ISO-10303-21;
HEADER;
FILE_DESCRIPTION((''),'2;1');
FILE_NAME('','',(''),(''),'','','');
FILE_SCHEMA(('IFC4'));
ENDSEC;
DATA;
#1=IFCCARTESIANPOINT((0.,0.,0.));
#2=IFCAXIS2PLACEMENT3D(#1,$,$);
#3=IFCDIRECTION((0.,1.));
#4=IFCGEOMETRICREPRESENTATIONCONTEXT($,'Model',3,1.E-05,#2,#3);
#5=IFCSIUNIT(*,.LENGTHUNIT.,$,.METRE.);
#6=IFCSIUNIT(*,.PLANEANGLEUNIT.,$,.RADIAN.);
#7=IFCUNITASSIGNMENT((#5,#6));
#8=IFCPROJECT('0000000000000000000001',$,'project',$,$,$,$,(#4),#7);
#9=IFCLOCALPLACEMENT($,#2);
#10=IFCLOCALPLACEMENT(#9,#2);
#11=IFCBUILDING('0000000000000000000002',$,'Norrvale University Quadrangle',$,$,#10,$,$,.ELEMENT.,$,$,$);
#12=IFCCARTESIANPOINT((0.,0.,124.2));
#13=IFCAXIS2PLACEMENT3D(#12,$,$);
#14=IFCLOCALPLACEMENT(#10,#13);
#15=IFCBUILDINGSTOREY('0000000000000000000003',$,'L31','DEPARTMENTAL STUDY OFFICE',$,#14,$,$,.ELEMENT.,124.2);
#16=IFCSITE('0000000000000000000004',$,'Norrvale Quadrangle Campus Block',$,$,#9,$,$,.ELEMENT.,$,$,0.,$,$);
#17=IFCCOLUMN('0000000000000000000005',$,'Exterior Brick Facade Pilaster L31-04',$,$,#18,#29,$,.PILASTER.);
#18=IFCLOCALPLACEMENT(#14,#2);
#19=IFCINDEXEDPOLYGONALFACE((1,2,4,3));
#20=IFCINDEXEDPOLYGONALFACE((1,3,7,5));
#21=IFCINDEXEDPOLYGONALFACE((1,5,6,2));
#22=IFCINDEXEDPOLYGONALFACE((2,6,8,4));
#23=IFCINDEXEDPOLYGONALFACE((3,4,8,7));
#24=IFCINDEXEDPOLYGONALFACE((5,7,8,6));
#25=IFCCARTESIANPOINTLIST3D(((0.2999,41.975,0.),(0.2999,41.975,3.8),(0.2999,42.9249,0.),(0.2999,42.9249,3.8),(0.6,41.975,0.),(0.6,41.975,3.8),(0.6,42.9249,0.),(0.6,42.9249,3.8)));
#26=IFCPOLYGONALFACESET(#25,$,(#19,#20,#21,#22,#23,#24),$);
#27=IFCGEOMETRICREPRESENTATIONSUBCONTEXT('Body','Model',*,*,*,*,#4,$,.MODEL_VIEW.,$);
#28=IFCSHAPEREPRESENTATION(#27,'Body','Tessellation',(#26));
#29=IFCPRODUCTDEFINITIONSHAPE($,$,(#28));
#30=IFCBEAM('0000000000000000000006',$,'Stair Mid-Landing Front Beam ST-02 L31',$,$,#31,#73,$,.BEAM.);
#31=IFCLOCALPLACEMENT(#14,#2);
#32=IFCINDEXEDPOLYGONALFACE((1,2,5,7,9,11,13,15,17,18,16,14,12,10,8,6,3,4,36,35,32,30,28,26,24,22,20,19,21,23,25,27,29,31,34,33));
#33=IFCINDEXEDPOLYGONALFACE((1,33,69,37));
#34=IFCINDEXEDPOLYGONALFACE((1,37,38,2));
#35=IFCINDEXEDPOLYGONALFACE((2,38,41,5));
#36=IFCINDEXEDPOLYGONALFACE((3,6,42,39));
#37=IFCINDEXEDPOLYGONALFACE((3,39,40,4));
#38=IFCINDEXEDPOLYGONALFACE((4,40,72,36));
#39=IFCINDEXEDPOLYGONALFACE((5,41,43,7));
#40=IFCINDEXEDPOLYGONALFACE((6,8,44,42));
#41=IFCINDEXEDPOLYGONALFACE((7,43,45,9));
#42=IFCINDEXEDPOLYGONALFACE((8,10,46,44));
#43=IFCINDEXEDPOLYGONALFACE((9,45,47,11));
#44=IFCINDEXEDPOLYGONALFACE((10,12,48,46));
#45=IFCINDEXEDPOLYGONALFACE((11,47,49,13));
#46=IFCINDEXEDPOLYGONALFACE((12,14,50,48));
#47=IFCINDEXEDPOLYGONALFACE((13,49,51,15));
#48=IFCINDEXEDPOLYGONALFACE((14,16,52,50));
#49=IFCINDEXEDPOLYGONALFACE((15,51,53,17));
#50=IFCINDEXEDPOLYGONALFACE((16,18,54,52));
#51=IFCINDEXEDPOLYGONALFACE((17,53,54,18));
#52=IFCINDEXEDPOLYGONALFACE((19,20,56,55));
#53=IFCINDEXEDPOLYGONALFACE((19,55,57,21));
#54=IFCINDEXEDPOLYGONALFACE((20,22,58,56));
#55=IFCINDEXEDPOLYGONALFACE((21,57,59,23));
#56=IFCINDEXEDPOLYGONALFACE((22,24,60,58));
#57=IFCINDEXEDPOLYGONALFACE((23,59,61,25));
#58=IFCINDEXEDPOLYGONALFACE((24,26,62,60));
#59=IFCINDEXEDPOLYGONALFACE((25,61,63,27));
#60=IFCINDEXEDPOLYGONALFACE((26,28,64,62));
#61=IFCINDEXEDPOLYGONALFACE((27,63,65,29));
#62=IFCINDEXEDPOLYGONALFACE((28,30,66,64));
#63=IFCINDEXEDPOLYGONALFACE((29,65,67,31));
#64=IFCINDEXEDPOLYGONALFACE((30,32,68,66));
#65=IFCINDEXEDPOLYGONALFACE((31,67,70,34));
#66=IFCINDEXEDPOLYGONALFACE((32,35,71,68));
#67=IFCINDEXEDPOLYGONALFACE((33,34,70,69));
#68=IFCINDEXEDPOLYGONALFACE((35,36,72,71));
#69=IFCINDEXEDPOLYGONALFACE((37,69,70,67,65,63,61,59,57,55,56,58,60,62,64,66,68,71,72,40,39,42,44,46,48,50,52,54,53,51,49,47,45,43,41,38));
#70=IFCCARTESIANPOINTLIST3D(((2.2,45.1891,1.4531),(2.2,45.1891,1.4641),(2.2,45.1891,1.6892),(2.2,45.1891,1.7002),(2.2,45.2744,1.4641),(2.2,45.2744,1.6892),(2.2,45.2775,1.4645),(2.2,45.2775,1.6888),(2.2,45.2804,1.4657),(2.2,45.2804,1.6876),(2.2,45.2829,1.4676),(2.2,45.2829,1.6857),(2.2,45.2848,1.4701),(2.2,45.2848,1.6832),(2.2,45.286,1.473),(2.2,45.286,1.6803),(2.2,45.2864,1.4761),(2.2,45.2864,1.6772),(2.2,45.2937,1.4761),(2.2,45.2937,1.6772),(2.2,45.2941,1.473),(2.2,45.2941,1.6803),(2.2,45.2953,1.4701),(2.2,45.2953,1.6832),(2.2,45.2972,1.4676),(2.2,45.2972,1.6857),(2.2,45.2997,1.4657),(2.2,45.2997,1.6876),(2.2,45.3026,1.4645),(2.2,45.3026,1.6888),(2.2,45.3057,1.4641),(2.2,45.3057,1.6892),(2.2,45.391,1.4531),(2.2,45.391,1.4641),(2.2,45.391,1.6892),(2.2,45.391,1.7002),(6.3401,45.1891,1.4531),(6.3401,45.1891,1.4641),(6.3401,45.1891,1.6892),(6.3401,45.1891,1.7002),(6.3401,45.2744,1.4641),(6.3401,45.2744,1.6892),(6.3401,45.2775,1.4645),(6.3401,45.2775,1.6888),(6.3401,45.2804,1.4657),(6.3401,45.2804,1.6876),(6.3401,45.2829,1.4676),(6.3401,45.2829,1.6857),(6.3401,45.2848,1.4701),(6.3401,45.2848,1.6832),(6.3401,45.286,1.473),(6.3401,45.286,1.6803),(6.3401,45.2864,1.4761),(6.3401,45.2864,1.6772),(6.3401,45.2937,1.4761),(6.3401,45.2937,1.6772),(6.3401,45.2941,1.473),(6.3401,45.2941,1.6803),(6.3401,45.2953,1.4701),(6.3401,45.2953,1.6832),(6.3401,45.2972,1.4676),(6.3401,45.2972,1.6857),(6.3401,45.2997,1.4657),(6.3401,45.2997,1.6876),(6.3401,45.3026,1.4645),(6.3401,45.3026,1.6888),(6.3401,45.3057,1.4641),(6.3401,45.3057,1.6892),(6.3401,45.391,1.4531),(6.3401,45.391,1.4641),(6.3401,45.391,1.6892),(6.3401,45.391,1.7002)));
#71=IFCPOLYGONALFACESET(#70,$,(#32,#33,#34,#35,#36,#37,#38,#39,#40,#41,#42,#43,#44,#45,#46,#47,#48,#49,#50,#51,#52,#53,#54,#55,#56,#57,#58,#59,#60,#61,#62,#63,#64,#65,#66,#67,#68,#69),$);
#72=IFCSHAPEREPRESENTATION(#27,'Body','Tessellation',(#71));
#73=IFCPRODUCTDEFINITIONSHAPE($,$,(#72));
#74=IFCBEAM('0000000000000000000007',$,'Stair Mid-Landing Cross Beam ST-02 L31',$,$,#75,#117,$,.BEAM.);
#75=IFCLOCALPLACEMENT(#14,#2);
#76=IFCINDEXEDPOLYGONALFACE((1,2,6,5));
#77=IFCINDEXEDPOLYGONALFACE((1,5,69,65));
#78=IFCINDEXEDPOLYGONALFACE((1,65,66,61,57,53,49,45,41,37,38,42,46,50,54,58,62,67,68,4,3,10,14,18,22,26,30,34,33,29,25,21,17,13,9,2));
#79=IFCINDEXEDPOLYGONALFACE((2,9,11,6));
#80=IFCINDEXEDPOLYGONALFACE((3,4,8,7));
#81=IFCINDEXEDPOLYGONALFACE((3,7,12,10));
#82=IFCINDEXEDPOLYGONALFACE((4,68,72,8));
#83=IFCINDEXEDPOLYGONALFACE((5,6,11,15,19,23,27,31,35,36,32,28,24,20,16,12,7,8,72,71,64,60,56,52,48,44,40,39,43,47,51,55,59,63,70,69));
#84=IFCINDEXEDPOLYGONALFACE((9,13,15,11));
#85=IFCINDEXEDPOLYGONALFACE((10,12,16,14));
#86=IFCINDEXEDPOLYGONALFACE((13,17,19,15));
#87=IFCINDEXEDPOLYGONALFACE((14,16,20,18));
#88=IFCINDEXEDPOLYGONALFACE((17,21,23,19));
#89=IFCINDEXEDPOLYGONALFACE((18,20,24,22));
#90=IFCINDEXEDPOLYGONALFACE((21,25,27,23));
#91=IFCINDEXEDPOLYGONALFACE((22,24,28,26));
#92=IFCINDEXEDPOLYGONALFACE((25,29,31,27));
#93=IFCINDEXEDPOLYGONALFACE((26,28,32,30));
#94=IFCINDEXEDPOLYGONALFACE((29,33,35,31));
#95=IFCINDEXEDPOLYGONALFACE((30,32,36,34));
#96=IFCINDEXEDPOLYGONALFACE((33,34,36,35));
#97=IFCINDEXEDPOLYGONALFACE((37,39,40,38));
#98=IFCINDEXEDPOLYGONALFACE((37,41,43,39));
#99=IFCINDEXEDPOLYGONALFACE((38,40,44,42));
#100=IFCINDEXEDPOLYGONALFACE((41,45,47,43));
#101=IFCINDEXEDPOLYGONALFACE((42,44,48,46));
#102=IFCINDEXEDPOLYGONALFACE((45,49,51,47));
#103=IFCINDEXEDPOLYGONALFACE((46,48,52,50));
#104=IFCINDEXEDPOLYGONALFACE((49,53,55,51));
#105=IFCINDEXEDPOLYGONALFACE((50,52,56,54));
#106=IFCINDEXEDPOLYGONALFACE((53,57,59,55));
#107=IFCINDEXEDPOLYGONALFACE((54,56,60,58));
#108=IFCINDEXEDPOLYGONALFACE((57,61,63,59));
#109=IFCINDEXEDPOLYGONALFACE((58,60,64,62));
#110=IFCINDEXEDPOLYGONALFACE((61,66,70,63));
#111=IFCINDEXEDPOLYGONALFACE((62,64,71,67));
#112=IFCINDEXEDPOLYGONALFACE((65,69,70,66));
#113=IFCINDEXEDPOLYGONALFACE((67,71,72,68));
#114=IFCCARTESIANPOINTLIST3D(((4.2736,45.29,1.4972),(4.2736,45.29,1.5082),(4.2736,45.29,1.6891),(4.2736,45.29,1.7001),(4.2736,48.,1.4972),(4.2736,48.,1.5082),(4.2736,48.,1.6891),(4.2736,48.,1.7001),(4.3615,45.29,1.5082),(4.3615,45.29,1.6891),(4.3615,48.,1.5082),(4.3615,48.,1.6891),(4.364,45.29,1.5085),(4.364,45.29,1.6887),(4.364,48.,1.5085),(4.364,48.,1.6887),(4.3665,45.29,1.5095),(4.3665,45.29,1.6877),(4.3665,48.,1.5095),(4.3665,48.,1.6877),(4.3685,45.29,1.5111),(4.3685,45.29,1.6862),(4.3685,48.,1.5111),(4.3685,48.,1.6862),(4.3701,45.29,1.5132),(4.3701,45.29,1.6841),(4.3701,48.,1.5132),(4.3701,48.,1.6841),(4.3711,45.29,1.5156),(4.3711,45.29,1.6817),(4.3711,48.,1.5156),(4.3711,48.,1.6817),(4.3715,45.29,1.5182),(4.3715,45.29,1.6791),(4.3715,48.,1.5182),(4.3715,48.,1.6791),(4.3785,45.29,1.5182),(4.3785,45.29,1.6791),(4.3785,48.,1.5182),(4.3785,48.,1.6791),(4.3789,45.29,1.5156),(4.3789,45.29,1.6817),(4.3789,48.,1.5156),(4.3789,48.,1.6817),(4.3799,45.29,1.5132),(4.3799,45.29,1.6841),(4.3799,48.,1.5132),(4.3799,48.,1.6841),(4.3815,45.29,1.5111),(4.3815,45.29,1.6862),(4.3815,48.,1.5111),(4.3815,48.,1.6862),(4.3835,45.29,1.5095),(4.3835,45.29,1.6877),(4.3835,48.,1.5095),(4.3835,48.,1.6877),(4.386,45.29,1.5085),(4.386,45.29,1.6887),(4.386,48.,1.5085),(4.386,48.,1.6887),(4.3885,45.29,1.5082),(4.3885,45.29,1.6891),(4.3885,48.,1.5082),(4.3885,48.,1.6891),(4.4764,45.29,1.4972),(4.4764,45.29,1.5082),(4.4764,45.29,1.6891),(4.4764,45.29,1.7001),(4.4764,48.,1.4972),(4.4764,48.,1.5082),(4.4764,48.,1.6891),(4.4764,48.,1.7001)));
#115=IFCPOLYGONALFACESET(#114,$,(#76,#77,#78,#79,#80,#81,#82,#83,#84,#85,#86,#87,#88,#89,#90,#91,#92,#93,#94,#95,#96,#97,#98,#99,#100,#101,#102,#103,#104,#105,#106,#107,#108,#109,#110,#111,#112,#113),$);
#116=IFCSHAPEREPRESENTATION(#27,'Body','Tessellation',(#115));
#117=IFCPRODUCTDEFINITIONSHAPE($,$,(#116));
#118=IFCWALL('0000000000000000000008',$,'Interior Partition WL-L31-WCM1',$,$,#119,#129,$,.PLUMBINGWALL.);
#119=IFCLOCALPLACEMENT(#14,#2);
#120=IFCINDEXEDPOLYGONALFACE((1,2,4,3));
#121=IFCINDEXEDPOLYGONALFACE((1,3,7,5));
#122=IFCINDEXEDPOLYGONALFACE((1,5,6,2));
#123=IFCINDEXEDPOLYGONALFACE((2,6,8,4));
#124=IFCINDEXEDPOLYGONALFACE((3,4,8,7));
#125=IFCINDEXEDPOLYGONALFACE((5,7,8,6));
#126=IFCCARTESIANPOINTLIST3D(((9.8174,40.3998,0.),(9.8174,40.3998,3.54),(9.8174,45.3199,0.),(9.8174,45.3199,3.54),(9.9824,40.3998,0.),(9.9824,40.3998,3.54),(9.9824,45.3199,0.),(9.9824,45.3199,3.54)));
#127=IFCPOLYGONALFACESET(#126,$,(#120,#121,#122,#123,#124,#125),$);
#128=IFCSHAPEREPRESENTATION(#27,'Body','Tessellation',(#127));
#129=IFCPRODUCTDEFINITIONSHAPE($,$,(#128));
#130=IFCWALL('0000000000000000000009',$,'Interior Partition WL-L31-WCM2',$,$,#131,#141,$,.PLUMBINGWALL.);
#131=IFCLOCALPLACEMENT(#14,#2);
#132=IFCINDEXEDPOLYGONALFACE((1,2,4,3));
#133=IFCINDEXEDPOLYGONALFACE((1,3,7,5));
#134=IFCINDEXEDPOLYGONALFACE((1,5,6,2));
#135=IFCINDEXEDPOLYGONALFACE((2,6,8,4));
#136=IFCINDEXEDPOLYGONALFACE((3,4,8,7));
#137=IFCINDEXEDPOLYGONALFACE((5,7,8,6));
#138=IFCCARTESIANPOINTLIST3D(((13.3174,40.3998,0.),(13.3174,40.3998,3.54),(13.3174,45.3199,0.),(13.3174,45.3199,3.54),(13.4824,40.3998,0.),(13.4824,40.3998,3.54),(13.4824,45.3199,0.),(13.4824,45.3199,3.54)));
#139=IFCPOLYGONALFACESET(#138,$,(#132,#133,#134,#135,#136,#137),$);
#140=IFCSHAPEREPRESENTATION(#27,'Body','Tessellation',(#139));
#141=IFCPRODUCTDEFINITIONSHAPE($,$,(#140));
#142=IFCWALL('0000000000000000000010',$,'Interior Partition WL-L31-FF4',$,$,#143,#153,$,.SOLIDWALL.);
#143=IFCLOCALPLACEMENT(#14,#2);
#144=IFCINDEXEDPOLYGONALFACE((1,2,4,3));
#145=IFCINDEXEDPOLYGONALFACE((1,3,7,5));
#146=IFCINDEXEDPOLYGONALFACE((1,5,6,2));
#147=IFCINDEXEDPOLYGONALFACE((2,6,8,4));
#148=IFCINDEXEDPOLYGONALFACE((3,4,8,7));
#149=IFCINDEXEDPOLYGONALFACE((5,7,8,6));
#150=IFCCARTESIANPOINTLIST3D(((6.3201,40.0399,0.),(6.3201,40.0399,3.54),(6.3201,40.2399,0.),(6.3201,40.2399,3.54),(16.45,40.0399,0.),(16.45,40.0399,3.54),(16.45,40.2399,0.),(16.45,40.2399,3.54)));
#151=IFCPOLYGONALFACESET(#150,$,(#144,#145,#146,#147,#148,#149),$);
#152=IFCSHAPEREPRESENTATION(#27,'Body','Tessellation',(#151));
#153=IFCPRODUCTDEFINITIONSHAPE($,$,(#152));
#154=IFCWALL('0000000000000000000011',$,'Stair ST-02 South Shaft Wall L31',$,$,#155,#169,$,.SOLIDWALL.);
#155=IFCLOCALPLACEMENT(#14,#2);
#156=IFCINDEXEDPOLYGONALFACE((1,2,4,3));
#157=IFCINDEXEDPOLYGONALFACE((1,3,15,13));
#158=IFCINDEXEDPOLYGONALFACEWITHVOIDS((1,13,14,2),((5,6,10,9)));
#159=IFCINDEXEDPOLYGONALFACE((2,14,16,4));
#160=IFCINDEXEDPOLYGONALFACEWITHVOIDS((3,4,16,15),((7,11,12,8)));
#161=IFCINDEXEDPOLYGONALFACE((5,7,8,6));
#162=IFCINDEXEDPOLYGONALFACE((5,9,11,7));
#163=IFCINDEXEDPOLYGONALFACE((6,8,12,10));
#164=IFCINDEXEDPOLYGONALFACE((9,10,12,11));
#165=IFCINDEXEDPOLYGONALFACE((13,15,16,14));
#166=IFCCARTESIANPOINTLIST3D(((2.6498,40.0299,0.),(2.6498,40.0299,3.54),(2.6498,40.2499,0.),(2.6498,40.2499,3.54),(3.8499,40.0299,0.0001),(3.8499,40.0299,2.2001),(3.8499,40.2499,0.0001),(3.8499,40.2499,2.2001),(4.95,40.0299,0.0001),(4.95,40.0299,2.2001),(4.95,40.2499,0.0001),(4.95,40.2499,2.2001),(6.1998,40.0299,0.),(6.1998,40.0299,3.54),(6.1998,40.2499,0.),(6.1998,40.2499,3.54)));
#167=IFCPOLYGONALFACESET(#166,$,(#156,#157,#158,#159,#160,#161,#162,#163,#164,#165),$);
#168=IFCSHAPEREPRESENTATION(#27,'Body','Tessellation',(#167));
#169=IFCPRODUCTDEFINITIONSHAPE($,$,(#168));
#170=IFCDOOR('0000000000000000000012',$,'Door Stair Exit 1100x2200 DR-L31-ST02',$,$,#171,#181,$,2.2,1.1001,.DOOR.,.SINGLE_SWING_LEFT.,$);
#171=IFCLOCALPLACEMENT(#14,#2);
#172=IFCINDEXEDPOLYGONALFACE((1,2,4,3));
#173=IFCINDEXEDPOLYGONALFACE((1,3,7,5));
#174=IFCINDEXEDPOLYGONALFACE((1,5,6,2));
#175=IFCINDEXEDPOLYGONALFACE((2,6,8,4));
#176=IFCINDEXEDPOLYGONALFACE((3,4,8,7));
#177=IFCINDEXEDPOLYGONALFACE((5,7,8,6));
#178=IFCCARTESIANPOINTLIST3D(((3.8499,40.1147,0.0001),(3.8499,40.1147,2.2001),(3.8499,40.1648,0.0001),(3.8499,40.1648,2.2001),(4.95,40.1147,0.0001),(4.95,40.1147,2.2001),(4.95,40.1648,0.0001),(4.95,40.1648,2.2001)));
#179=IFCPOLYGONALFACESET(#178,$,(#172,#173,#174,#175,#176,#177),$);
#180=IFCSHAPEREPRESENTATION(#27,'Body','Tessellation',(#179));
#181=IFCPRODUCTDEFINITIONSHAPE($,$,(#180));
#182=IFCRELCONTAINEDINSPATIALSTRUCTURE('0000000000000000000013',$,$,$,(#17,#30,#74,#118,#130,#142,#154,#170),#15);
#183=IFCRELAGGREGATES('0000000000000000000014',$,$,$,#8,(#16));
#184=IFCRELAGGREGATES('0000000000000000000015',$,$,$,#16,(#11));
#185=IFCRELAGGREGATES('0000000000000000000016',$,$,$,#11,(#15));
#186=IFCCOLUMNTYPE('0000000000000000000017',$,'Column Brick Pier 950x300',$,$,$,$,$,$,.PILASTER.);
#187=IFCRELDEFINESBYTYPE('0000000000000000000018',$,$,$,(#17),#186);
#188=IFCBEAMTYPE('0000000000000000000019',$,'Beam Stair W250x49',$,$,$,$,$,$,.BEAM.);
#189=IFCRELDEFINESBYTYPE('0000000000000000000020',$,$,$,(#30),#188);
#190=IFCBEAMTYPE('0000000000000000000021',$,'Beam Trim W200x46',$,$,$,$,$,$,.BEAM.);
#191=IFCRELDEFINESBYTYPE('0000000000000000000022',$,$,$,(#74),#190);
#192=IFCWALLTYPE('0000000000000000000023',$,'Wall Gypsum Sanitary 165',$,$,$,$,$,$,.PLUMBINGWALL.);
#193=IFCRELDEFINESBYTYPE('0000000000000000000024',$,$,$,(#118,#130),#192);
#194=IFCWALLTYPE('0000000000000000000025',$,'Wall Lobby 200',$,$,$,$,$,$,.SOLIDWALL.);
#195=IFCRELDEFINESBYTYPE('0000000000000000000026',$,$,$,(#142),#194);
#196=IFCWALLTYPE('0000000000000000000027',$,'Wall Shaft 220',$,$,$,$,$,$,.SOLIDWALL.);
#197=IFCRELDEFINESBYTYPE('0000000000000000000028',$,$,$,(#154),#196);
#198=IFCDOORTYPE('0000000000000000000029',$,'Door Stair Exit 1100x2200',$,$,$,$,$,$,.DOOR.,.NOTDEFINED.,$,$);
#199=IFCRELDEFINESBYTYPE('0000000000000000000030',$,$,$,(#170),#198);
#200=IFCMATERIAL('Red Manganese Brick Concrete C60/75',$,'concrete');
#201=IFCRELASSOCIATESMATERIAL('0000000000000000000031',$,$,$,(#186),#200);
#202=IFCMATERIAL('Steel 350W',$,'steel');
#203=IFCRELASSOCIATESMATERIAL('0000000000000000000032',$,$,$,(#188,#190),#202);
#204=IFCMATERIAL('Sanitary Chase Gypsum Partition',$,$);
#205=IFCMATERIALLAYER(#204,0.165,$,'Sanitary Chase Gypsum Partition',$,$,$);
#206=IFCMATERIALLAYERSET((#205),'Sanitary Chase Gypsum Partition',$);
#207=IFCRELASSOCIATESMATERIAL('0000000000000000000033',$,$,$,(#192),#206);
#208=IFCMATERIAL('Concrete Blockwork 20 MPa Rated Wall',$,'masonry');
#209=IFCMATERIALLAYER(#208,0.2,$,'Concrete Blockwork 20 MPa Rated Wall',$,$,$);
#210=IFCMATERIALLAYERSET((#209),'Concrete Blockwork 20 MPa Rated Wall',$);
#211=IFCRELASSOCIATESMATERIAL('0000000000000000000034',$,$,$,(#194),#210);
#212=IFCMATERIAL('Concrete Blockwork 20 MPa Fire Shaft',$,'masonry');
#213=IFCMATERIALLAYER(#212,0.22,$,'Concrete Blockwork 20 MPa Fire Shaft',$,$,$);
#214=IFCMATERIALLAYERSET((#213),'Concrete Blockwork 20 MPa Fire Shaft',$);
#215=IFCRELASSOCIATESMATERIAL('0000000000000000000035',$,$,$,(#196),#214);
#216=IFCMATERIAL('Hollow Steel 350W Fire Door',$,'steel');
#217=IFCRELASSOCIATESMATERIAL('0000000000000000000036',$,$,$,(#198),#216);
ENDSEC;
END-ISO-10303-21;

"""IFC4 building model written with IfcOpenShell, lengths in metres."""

from ifc_helpers import new_model, si_unit, direction, frame, frame_2d, origin, origin_2d, place, context, subcontext, project, spatial, rectangle, i_section, extrude, material, layer, layer_set, material_profile, profile_set, type_object, element, fill, save


model = new_model("IFC4")

# Units and contexts
model_context = context("Model", 3, precision=1e-05, world=origin(), true_north=direction((0.0, 1.0)))
body_context = subcontext(model_context, "Body", "Model", "MODEL_VIEW")
ifc_project = project(units=[si_unit("LENGTHUNIT", "METRE"), si_unit("PLANEANGLEUNIT", "RADIAN")], contexts=[model_context])

# Site, building, storey
site_placement = place(None, origin())
site = spatial("IfcSite", under=ifc_project, at=site_placement, Name="Norrvale Quadrangle Campus Block", CompositionType="ELEMENT", RefElevation=0.0)
building_placement = place(site_placement, origin())
building = spatial("IfcBuilding", under=site, at=building_placement, Name="Norrvale University Quadrangle", CompositionType="ELEMENT")
storey_placement = place(building_placement, frame((0.0, 0.0, 124.2)))
storey = spatial("IfcBuildingStorey", under=building, at=storey_placement, Name="L31", Description="DEPARTMENTAL STUDY OFFICE", CompositionType="ELEMENT", Elevation=124.2)

# Column
ifc_material_1 = material(Name="Red Manganese Brick Concrete C60/75", Category="concrete")
ifc_material_profile_1 = material_profile(ifc_material_1, rectangle(XDim=0.95, YDim=0.3, at=origin_2d()), Name="Red Manganese Brick Concrete C60/75")
ifc_profile_set_1 = profile_set([ifc_material_profile_1], Name="Red Manganese Brick Concrete C60/75")
column_type = type_object("IfcColumnType", Name="Column Brick Pier 950x300", PredefinedType="PILASTER", material=ifc_profile_set_1)
column_placement = place(storey_placement, frame((0.45, 42.45, 0.0), z_axis=(0.0, 0.0, 1.0), x_axis=(0.0, 1.0, 0.0)))
element("IfcColumn", 1, at=column_placement, inside=storey, type_object=column_type, Name="Exterior Brick Facade Pilaster L31-04", PredefinedType="PILASTER", context=body_context, shape_type="SweptSolid", body=[
    extrude(rectangle(XDim=0.95, YDim=0.3, at=origin_2d()), origin(), (0.0, 0.0, 1.0), 3.8),
])

# Beams
ifc_material_2 = material(Name="Steel 350W", Category="steel")
ifc_material_profile_2 = material_profile(ifc_material_2, i_section(OverallWidth=0.2019, OverallDepth=0.2471, WebThickness=0.0073, FlangeThickness=0.011, FilletRadius=0.012, at=origin_2d()), Name="Steel 350W")
ifc_profile_set_2 = profile_set([ifc_material_profile_2], Name="Steel 350W")
beam_type_1 = type_object("IfcBeamType", Name="Beam Stair W250x49", PredefinedType="BEAM", material=ifc_profile_set_2)
beam_1_placement = place(storey_placement, frame((2.2, 45.29, 1.5767), z_axis=(1.0, 0.0, 0.0), x_axis=(0.0, 1.0, 0.0)))
element("IfcBeam", 2, at=beam_1_placement, inside=storey, type_object=beam_type_1, Name="Stair Mid-Landing Front Beam ST-02 L31", PredefinedType="BEAM", context=body_context, shape_type="SweptSolid", body=[
    extrude(i_section(OverallWidth=0.2019, OverallDepth=0.2471, WebThickness=0.0073, FlangeThickness=0.011, FilletRadius=0.012, at=origin_2d()), origin(), (0.0, 0.0, 1.0), 4.1401),
])
ifc_material_profile_3 = material_profile(ifc_material_2, i_section(OverallWidth=0.2029, OverallDepth=0.2029, WebThickness=0.0071, FlangeThickness=0.011, FilletRadius=0.01, at=origin_2d()), Name="Steel 350W")
ifc_profile_set_3 = profile_set([ifc_material_profile_3], Name="Steel 350W")
beam_type_2 = type_object("IfcBeamType", Name="Beam Trim W200x46", PredefinedType="BEAM", material=ifc_profile_set_3)
beam_2_placement = place(storey_placement, frame((4.375, 45.29, 1.5986), z_axis=(0.0, 1.0, 0.0), x_axis=(-1.0, 0.0, 0.0)))
element("IfcBeam", 3, at=beam_2_placement, inside=storey, type_object=beam_type_2, Name="Stair Mid-Landing Cross Beam ST-02 L31", PredefinedType="BEAM", context=body_context, shape_type="SweptSolid", body=[
    extrude(i_section(OverallWidth=0.2029, OverallDepth=0.2029, WebThickness=0.0071, FlangeThickness=0.011, FilletRadius=0.01, at=origin_2d()), origin(), (0.0, 0.0, 1.0), 2.71),
])

# Walls
ifc_material_3 = material(Name="Sanitary Chase Gypsum Partition")
ifc_layer_1 = layer(ifc_material_3, 0.165, Name="Sanitary Chase Gypsum Partition")
ifc_layer_set_1 = layer_set([ifc_layer_1], Name="Sanitary Chase Gypsum Partition")
wall_type_1 = type_object("IfcWallType", Name="Wall Gypsum Sanitary 165", PredefinedType="PLUMBINGWALL", material=ifc_layer_set_1)
for number, where, z_axis, x_axis, name in (
    (4, (9.8999, 40.3999, 0.0), (0.0, 0.0, 1.0), (0.0, 1.0, 0.0), "Interior Partition WL-L31-WCM1"),
    (5, (13.3999, 40.3999, 0.0), (0.0, 0.0, 1.0), (0.0, 1.0, 0.0), "Interior Partition WL-L31-WCM2"),
):
    element("IfcWall", number, at=place(storey_placement, frame(where, z_axis=z_axis, x_axis=x_axis)), inside=storey, type_object=wall_type_1, Name=name, PredefinedType="PLUMBINGWALL", context=body_context, shape_type="SweptSolid", body=[
        extrude(rectangle(XDim=4.9202, YDim=0.165, at=frame_2d((2.46, 0.0))), origin(), (0.0, 0.0, 1.0), 3.54),
    ])
ifc_material_4 = material(Name="Concrete Blockwork 20 MPa Rated Wall", Category="masonry")
ifc_layer_2 = layer(ifc_material_4, 0.2, Name="Concrete Blockwork 20 MPa Rated Wall")
ifc_layer_set_2 = layer_set([ifc_layer_2], Name="Concrete Blockwork 20 MPa Rated Wall")
wall_type_2 = type_object("IfcWallType", Name="Wall Lobby 200", PredefinedType="SOLIDWALL", material=ifc_layer_set_2)
wall_1_placement = place(storey_placement, frame((6.3201, 40.1399, 0.0), z_axis=(0.0, 0.0, 1.0), x_axis=(1.0, 0.0, 0.0)))
element("IfcWall", 6, at=wall_1_placement, inside=storey, type_object=wall_type_2, Name="Interior Partition WL-L31-FF4", PredefinedType="SOLIDWALL", context=body_context, shape_type="SweptSolid", body=[
    extrude(rectangle(XDim=10.1299, YDim=0.2, at=frame_2d((5.0649, 0.0))), origin(), (0.0, 0.0, 1.0), 3.54),
])

# Wall, opening, door
ifc_material_5 = material(Name="Concrete Blockwork 20 MPa Fire Shaft", Category="masonry")
ifc_layer_3 = layer(ifc_material_5, 0.22, Name="Concrete Blockwork 20 MPa Fire Shaft")
ifc_layer_set_3 = layer_set([ifc_layer_3], Name="Concrete Blockwork 20 MPa Fire Shaft")
wall_type_3 = type_object("IfcWallType", Name="Wall Shaft 220", PredefinedType="SOLIDWALL", material=ifc_layer_set_3)
wall_2_placement = place(storey_placement, frame((2.6499, 40.1399, 0.0), z_axis=(0.0, 0.0, 1.0), x_axis=(1.0, 0.0, 0.0)))
wall_2 = element("IfcWall", 7, at=wall_2_placement, inside=storey, type_object=wall_type_3, Name="Stair ST-02 South Shaft Wall L31", PredefinedType="SOLIDWALL", context=body_context, shape_type="SweptSolid", body=[
    extrude(rectangle(XDim=3.55, YDim=0.22, at=frame_2d((1.7749, 0.0))), origin(), (0.0, 0.0, 1.0), 3.54),
])
opening_placement = place(wall_2_placement, frame((1.2, 0.0, 0.0)))
opening = element("IfcOpeningElement", 8, at=opening_placement, cuts=wall_2, PredefinedType="OPENING", context=body_context, shape_type="SweptSolid", body=[
    extrude(rectangle(XDim=1.1001, YDim=2.2, at=frame_2d((0.55, 1.1001))), frame((0.0, 0.1221, 0.0), z_axis=(0.0, -1.0, 0.0), x_axis=(1.0, 0.0, 0.0)), (0.0, 0.0, 1.0), 0.2439),
])
ifc_material_6 = material(Name="Hollow Steel 350W Fire Door", Category="steel")
door_type = type_object("IfcDoorType", Name="Door Stair Exit 1100x2200", OperationType="NOTDEFINED", PredefinedType="DOOR", material=ifc_material_6)
door_placement = place(opening_placement, origin())
door = element("IfcDoor", 9, at=door_placement, inside=storey, type_object=door_type, Name="Door Stair Exit 1100x2200 DR-L31-ST02", OperationType="SINGLE_SWING_LEFT", OverallHeight=2.2, OverallWidth=1.1001, PredefinedType="DOOR", context=body_context, shape_type="SweptSolid", body=[
    extrude(rectangle(XDim=1.1001, YDim=2.2, at=frame_2d((0.55, 1.1001))), frame((0.0, 0.0249, 0.0), z_axis=(0.0, -1.0, 0.0), x_axis=(1.0, 0.0, 0.0)), (0.0, 0.0, 1.0), 0.05),
])
fill(opening, door)

save(model, "model.ifc")
